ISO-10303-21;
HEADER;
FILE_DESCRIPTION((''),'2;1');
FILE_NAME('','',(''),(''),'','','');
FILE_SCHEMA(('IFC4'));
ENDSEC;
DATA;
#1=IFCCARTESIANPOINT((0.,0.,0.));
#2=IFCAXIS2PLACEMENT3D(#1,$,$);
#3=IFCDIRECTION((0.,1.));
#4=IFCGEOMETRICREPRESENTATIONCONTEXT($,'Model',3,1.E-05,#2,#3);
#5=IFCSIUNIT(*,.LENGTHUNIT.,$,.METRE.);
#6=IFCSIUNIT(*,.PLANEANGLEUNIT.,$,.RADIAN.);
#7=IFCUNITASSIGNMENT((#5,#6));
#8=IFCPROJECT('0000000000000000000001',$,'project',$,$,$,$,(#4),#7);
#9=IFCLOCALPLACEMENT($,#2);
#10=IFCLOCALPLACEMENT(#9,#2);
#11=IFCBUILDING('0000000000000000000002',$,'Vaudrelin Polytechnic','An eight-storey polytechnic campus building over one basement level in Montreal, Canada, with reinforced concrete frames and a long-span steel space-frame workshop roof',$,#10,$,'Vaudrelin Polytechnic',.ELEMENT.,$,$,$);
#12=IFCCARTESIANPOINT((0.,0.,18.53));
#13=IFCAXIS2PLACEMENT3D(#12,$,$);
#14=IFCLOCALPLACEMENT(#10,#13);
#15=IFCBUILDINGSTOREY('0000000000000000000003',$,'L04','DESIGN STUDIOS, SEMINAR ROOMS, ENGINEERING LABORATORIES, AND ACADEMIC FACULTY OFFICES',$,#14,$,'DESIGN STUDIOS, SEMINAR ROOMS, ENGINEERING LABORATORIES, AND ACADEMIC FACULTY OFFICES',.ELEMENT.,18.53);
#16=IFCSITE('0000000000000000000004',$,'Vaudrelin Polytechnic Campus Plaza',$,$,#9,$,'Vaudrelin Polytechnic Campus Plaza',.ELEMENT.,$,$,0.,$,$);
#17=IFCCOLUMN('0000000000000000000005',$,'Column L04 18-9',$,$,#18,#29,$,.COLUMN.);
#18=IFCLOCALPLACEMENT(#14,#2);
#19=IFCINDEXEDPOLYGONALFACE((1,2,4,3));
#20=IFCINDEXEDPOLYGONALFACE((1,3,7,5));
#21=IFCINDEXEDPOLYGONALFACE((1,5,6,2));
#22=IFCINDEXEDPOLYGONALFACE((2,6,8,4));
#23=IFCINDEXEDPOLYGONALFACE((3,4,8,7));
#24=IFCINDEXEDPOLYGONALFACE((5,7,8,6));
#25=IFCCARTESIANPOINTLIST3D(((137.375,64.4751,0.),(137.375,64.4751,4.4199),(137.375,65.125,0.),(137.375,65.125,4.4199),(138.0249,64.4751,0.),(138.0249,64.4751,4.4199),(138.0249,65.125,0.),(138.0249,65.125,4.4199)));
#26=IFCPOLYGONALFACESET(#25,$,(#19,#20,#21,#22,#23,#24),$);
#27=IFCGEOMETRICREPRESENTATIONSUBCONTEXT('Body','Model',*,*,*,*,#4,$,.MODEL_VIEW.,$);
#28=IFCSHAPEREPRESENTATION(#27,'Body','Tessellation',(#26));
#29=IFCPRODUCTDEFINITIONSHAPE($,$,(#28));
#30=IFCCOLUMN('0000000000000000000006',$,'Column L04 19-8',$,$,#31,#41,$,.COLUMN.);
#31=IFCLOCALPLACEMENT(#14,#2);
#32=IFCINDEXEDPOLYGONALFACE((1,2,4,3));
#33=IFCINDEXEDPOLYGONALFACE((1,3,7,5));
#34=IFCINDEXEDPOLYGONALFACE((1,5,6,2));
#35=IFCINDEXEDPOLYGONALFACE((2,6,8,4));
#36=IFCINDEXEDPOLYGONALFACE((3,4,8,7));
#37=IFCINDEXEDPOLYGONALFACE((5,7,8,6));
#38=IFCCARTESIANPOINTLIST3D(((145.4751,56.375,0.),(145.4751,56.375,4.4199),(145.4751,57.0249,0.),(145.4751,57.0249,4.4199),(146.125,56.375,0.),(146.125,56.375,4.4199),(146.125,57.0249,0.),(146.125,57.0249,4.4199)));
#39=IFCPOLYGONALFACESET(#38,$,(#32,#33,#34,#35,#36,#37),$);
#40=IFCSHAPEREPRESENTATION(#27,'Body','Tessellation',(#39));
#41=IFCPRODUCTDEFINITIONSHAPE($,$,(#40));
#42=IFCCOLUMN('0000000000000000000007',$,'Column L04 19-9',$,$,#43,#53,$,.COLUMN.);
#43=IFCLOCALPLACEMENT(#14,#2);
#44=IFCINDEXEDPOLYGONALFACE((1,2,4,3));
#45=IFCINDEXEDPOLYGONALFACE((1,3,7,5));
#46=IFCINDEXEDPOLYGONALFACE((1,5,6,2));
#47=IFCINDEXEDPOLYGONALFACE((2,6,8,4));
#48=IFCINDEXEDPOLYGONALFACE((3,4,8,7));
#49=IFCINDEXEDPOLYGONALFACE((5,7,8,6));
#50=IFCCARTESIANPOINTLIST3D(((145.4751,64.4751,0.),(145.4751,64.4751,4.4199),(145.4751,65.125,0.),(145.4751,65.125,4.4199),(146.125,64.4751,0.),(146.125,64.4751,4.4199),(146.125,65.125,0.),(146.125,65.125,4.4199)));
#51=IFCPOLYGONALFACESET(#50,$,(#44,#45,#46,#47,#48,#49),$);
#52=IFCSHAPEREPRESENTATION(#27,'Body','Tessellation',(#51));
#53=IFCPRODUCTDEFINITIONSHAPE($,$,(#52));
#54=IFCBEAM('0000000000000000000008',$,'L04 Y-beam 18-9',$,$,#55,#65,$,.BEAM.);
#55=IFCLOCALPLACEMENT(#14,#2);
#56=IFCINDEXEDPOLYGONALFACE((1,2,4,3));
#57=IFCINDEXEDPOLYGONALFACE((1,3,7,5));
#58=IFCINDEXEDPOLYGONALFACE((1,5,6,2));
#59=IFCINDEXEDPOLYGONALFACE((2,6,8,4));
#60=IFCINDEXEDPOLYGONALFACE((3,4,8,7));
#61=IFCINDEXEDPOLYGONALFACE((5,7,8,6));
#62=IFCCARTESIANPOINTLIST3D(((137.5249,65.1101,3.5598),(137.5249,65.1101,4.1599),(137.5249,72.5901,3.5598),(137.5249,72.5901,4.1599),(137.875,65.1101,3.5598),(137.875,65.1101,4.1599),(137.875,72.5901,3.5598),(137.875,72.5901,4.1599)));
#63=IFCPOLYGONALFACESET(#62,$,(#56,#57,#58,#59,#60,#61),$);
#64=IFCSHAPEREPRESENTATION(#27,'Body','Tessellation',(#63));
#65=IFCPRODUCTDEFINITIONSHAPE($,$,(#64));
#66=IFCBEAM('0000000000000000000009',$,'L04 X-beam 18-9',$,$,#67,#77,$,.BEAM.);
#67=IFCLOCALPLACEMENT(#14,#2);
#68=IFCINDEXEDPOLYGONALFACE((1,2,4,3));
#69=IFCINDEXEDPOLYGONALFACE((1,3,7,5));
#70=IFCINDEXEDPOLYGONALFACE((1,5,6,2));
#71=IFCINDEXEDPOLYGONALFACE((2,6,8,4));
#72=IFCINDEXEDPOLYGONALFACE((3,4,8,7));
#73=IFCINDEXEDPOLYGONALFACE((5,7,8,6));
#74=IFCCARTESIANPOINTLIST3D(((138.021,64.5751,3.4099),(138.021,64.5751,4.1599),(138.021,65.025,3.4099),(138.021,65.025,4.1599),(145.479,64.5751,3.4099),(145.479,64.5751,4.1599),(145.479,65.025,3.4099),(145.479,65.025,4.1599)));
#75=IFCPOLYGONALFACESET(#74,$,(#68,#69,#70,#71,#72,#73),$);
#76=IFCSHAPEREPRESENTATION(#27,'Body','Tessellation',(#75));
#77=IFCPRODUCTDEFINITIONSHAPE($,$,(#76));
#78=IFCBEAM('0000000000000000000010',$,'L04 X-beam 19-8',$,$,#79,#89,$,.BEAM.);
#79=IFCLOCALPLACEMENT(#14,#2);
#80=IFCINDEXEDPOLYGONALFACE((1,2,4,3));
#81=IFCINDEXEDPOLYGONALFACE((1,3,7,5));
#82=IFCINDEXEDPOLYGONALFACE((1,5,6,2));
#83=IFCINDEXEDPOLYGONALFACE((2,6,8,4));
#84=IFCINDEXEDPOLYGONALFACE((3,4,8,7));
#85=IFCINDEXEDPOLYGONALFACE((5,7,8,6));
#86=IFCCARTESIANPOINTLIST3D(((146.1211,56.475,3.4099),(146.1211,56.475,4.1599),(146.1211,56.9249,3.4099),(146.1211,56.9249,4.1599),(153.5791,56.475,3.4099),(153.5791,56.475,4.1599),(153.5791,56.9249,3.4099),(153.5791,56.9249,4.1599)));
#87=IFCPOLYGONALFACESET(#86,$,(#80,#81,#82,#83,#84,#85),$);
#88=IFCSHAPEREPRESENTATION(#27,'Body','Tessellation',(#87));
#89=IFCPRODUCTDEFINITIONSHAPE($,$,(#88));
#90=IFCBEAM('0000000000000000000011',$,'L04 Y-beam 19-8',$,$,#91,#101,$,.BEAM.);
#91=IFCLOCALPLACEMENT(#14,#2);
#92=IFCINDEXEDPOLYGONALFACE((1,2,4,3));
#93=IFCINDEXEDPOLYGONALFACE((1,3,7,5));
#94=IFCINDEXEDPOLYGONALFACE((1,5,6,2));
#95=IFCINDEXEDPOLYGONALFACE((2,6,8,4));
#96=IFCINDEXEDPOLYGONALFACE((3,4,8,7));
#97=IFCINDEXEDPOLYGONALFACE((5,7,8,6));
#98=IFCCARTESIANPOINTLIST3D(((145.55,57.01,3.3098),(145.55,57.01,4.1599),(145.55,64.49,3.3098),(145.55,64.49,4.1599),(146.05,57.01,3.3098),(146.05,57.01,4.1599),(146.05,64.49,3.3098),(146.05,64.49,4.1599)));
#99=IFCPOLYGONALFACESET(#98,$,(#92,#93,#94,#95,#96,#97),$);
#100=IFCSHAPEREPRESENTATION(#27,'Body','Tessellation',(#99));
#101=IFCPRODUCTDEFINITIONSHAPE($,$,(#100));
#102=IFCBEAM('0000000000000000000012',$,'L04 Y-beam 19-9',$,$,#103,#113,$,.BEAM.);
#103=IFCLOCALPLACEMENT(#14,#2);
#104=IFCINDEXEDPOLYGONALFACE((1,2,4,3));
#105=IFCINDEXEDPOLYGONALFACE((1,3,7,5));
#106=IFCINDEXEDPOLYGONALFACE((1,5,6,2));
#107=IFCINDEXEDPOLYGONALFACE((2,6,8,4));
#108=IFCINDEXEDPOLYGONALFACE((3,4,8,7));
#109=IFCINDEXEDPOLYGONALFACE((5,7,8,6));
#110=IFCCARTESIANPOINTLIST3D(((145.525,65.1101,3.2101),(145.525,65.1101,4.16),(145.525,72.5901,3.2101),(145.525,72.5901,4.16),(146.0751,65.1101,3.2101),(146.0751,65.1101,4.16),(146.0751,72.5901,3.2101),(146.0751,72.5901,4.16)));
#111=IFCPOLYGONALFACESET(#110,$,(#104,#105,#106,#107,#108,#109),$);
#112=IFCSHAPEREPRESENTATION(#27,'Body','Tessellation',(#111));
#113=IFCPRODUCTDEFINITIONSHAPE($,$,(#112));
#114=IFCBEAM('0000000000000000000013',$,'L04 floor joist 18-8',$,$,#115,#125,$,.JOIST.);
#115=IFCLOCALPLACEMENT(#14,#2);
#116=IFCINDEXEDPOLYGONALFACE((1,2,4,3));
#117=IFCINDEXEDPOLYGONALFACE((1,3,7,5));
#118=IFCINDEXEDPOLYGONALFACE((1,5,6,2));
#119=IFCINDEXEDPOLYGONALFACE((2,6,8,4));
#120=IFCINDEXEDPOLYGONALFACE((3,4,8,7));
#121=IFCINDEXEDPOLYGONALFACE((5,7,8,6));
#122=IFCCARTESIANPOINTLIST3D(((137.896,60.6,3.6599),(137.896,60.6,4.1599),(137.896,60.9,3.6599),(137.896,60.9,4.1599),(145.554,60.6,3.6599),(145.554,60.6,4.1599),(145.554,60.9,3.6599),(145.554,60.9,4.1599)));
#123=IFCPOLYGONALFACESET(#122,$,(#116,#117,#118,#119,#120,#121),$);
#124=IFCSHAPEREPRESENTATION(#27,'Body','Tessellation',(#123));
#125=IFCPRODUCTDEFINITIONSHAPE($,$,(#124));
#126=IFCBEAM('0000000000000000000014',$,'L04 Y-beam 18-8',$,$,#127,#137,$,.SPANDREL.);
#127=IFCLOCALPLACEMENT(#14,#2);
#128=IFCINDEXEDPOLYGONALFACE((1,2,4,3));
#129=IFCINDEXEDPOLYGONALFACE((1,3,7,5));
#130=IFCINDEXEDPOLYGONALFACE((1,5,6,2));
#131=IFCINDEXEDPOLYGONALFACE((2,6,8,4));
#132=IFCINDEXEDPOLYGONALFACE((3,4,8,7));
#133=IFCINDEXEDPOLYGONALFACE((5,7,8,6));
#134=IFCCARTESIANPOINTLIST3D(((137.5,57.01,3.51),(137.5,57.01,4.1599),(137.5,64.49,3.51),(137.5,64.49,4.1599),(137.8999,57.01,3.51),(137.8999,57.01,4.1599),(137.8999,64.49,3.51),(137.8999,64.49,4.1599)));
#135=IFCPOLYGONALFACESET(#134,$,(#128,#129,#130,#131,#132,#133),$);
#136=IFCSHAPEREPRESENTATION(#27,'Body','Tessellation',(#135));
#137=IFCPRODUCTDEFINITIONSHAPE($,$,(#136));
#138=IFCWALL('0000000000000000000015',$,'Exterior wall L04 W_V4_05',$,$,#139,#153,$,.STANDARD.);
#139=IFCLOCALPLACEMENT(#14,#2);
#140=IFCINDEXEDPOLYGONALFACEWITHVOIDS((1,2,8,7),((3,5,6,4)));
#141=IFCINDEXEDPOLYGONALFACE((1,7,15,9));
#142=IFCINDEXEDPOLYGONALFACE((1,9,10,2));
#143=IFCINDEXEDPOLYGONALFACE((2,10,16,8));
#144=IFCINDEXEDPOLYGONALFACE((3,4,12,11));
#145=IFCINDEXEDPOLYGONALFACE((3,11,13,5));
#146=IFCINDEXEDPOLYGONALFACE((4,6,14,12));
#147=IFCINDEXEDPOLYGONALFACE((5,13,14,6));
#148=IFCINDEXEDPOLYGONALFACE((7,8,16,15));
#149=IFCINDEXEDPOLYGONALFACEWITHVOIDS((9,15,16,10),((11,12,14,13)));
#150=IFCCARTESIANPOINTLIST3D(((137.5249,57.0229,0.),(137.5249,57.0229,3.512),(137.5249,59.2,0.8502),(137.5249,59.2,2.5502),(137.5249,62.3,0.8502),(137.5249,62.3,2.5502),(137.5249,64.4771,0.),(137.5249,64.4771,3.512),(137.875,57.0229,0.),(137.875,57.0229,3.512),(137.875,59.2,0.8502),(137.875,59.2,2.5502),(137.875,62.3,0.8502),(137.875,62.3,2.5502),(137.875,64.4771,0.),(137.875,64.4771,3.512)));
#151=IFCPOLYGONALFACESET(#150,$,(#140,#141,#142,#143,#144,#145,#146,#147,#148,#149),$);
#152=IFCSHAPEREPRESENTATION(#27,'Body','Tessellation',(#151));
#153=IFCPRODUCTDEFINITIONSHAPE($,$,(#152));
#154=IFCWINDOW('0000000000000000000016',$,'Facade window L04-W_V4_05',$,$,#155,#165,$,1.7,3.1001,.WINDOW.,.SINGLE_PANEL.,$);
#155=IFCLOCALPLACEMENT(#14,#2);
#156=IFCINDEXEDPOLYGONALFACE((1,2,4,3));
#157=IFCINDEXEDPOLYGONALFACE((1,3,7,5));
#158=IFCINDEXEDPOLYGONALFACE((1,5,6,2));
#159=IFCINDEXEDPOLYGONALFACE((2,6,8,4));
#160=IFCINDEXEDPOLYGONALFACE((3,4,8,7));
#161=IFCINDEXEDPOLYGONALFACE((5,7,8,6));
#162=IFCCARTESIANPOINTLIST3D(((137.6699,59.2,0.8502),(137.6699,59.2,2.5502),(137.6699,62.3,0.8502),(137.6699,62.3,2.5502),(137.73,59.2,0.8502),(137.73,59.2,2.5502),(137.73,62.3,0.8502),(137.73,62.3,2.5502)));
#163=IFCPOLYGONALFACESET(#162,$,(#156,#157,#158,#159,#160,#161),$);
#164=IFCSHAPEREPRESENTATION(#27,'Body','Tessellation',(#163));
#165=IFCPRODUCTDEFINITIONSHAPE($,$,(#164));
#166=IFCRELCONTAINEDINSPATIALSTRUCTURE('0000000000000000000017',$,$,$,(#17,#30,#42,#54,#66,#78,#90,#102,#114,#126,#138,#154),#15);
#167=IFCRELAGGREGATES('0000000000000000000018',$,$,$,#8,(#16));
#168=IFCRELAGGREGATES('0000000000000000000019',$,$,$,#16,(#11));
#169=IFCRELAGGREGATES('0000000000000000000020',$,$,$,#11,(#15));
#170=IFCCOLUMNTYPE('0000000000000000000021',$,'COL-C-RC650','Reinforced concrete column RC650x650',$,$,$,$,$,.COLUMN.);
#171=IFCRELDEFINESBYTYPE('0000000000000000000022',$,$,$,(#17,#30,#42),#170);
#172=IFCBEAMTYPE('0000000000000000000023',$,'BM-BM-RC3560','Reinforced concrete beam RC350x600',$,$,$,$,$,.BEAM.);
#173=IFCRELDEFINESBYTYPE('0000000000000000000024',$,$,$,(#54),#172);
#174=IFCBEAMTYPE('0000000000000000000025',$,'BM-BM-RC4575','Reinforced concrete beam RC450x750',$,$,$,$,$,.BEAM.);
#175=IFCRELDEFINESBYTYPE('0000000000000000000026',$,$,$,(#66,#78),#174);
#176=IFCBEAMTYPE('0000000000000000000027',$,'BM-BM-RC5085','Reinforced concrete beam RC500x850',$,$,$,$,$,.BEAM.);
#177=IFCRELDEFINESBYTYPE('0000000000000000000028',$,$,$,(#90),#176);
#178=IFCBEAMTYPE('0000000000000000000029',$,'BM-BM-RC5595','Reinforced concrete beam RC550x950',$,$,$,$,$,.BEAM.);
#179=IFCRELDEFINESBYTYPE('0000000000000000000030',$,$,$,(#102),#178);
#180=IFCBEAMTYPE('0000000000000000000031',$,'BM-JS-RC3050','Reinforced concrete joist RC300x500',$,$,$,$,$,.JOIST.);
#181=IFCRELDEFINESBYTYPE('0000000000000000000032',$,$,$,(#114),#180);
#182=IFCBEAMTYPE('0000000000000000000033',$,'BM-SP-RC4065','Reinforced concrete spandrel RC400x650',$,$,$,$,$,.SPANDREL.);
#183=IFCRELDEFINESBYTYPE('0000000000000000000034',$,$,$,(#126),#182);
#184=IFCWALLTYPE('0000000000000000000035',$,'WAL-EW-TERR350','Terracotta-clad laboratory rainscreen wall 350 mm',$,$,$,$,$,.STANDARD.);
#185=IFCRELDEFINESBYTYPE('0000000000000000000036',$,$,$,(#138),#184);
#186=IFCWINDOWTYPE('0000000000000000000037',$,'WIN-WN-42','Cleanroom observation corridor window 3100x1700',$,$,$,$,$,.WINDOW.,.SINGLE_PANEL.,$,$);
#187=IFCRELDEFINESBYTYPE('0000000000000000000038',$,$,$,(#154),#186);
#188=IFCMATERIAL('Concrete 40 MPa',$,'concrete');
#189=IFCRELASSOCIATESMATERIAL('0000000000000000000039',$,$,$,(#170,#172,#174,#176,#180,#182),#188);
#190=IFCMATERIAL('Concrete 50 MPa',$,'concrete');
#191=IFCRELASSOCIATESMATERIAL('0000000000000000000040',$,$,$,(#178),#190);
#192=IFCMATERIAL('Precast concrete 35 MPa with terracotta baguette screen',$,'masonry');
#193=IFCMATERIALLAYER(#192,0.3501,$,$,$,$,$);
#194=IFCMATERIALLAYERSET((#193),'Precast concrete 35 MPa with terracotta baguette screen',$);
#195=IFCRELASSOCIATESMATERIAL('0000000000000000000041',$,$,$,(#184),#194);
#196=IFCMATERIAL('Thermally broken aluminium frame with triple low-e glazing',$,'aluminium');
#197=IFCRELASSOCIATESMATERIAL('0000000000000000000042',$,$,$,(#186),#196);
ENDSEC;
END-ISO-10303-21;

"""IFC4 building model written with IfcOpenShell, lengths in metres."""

from ifc_helpers import new_model, si_unit, direction, frame, frame_2d, origin, origin_2d, place, context, subcontext, project, spatial, rectangle, extrude, material, layer, layer_set, material_profile, profile_set, type_object, element, fill, save


model = new_model("IFC4")

# Units and contexts
model_context = context("Model", 3, precision=1e-05, world=origin(), true_north=direction((0.0, 1.0)))
body_context = subcontext(model_context, "Body", "Model", "MODEL_VIEW")
ifc_project = project(units=[si_unit("LENGTHUNIT", "METRE"), si_unit("PLANEANGLEUNIT", "RADIAN")], contexts=[model_context])

# Site, building, storey
site_placement = place(None, origin())
site = spatial("IfcSite", under=ifc_project, at=site_placement, Name="Vaudrelin Polytechnic Campus Plaza", LongName="Vaudrelin Polytechnic Campus Plaza", CompositionType="ELEMENT", RefElevation=0.0)
building_placement = place(site_placement, origin())
building = spatial("IfcBuilding", under=site, at=building_placement, Name="Vaudrelin Polytechnic", Description="An eight-storey polytechnic campus building over one basement level in Montreal, Canada, with reinforced concrete frames and a long-span steel space-frame workshop roof", LongName="Vaudrelin Polytechnic", CompositionType="ELEMENT")
storey_placement = place(building_placement, frame((0.0, 0.0, 18.53)))
storey = spatial("IfcBuildingStorey", under=building, at=storey_placement, Name="L04", Description="DESIGN STUDIOS, SEMINAR ROOMS, ENGINEERING LABORATORIES, AND ACADEMIC FACULTY OFFICES", LongName="DESIGN STUDIOS, SEMINAR ROOMS, ENGINEERING LABORATORIES, AND ACADEMIC FACULTY OFFICES", CompositionType="ELEMENT", Elevation=18.53)

# Columns
ifc_material_1 = material(Name="Concrete 40 MPa", Category="concrete")
ifc_material_profile_1 = material_profile(ifc_material_1, rectangle(XDim=0.6499, YDim=0.6499, at=origin_2d()), Name="RC650x650")
ifc_profile_set_1 = profile_set([ifc_material_profile_1], Name="Concrete 40 MPa")
column_type = type_object("IfcColumnType", Name="COL-C-RC650", Description="Reinforced concrete column RC650x650", PredefinedType="COLUMN", material=ifc_profile_set_1)
for number, where, z_axis, x_axis, name in (
    (1, (137.7, 64.8, 0.0), (0.0, 0.0, 1.0), (1.0, 0.0, 0.0), "Column L04 18-9"),
    (2, (145.8, 56.7, 0.0), (0.0, 0.0, 1.0), (1.0, 0.0, 0.0), "Column L04 19-8"),
    (3, (145.8, 64.8, 0.0), (0.0, 0.0, 1.0), (1.0, 0.0, 0.0), "Column L04 19-9"),
):
    element("IfcColumn", number, at=place(storey_placement, frame(where, z_axis=z_axis, x_axis=x_axis)), inside=storey, type_object=column_type, Name=name, PredefinedType="COLUMN", context=body_context, shape_type="SweptSolid", body=[
        extrude(rectangle(XDim=0.6499, YDim=0.6499, at=origin_2d()), origin(), (0.0, 0.0, 1.0), 4.4199),
    ])

# Beams
ifc_material_profile_2 = material_profile(ifc_material_1, rectangle(XDim=0.3501, YDim=0.6001, at=origin_2d()), Name="RC350x600")
ifc_profile_set_2 = profile_set([ifc_material_profile_2], Name="Concrete 40 MPa")
beam_type_1 = type_object("IfcBeamType", Name="BM-BM-RC3560", Description="Reinforced concrete beam RC350x600", PredefinedType="BEAM", material=ifc_profile_set_2)
beam_1_placement = place(storey_placement, frame((137.7, 65.1101, 3.8599), z_axis=(0.0, 1.0, 0.0), x_axis=(-1.0, 0.0, 0.0)))
element("IfcBeam", 4, at=beam_1_placement, inside=storey, type_object=beam_type_1, Name="L04 Y-beam 18-9", PredefinedType="BEAM", context=body_context, shape_type="SweptSolid", body=[
    extrude(rectangle(XDim=0.3501, YDim=0.6001, at=origin_2d()), origin(), (0.0, 0.0, 1.0), 7.48),
])
ifc_material_profile_3 = material_profile(ifc_material_1, rectangle(XDim=0.45, YDim=0.75, at=origin_2d()), Name="RC450x750")
ifc_profile_set_3 = profile_set([ifc_material_profile_3], Name="Concrete 40 MPa")
beam_type_2 = type_object("IfcBeamType", Name="BM-BM-RC4575", Description="Reinforced concrete beam RC450x750", PredefinedType="BEAM", material=ifc_profile_set_3)
for number, where, z_axis, x_axis, name in (
    (5, (138.021, 64.8, 3.7849), (1.0, 0.0, 0.0), (0.0, 1.0, 0.0), "L04 X-beam 18-9"),
    (6, (146.1211, 56.7, 3.7849), (1.0, 0.0, 0.0), (0.0, 1.0, 0.0), "L04 X-beam 19-8"),
):
    element("IfcBeam", number, at=place(storey_placement, frame(where, z_axis=z_axis, x_axis=x_axis)), inside=storey, type_object=beam_type_2, Name=name, PredefinedType="BEAM", context=body_context, shape_type="SweptSolid", body=[
        extrude(rectangle(XDim=0.45, YDim=0.75, at=origin_2d()), origin(), (0.0, 0.0, 1.0), 7.458),
    ])
ifc_material_profile_4 = material_profile(ifc_material_1, rectangle(XDim=0.5, YDim=0.8501, at=origin_2d()), Name="RC500x850")
ifc_profile_set_4 = profile_set([ifc_material_profile_4], Name="Concrete 40 MPa")
beam_type_3 = type_object("IfcBeamType", Name="BM-BM-RC5085", Description="Reinforced concrete beam RC500x850", PredefinedType="BEAM", material=ifc_profile_set_4)
beam_2_placement = place(storey_placement, frame((145.8, 57.01, 3.7349), z_axis=(0.0, 1.0, 0.0), x_axis=(-1.0, 0.0, 0.0)))
element("IfcBeam", 7, at=beam_2_placement, inside=storey, type_object=beam_type_3, Name="L04 Y-beam 19-8", PredefinedType="BEAM", context=body_context, shape_type="SweptSolid", body=[
    extrude(rectangle(XDim=0.5, YDim=0.8501, at=origin_2d()), origin(), (0.0, 0.0, 1.0), 7.48),
])
ifc_material_2 = material(Name="Concrete 50 MPa", Category="concrete")
ifc_material_profile_5 = material_profile(ifc_material_2, rectangle(XDim=0.55, YDim=0.95, at=origin_2d()), Name="RC550x950")
ifc_profile_set_5 = profile_set([ifc_material_profile_5], Name="Concrete 50 MPa")
beam_type_4 = type_object("IfcBeamType", Name="BM-BM-RC5595", Description="Reinforced concrete beam RC550x950", PredefinedType="BEAM", material=ifc_profile_set_5)
beam_3_placement = place(storey_placement, frame((145.8, 65.1101, 3.6851), z_axis=(0.0, 1.0, 0.0), x_axis=(-1.0, 0.0, 0.0)))
element("IfcBeam", 8, at=beam_3_placement, inside=storey, type_object=beam_type_4, Name="L04 Y-beam 19-9", PredefinedType="BEAM", context=body_context, shape_type="SweptSolid", body=[
    extrude(rectangle(XDim=0.55, YDim=0.95, at=origin_2d()), origin(), (0.0, 0.0, 1.0), 7.48),
])
ifc_material_profile_6 = material_profile(ifc_material_1, rectangle(XDim=0.3, YDim=0.5, at=origin_2d()), Name="RC300x500")
ifc_profile_set_6 = profile_set([ifc_material_profile_6], Name="Concrete 40 MPa")
beam_type_5 = type_object("IfcBeamType", Name="BM-JS-RC3050", Description="Reinforced concrete joist RC300x500", PredefinedType="JOIST", material=ifc_profile_set_6)
beam_4_placement = place(storey_placement, frame((137.896, 60.75, 3.9099), z_axis=(1.0, 0.0, 0.0), x_axis=(0.0, 1.0, 0.0)))
element("IfcBeam", 9, at=beam_4_placement, inside=storey, type_object=beam_type_5, Name="L04 floor joist 18-8", PredefinedType="JOIST", context=body_context, shape_type="SweptSolid", body=[
    extrude(rectangle(XDim=0.3, YDim=0.5, at=origin_2d()), origin(), (0.0, 0.0, 1.0), 7.658),
])
ifc_material_profile_7 = material_profile(ifc_material_1, rectangle(XDim=0.3999, YDim=0.6499, at=origin_2d()), Name="RC400x650")
ifc_profile_set_7 = profile_set([ifc_material_profile_7], Name="Concrete 40 MPa")
beam_type_6 = type_object("IfcBeamType", Name="BM-SP-RC4065", Description="Reinforced concrete spandrel RC400x650", PredefinedType="SPANDREL", material=ifc_profile_set_7)
beam_5_placement = place(storey_placement, frame((137.7, 57.01, 3.835), z_axis=(0.0, 1.0, 0.0), x_axis=(-1.0, 0.0, 0.0)))
element("IfcBeam", 10, at=beam_5_placement, inside=storey, type_object=beam_type_6, Name="L04 Y-beam 18-8", PredefinedType="SPANDREL", context=body_context, shape_type="SweptSolid", body=[
    extrude(rectangle(XDim=0.3999, YDim=0.6499, at=origin_2d()), origin(), (0.0, 0.0, 1.0), 7.48),
])

# Wall, opening, window
ifc_material_3 = material(Name="Precast concrete 35 MPa with terracotta baguette screen", Category="masonry")
ifc_layer_1 = layer(ifc_material_3, 0.3501)
ifc_layer_set_1 = layer_set([ifc_layer_1], Name="Precast concrete 35 MPa with terracotta baguette screen")
wall_type_1 = type_object("IfcWallType", Name="WAL-EW-TERR350", Description="Terracotta-clad laboratory rainscreen wall 350 mm", PredefinedType="STANDARD", material=ifc_layer_set_1)
wall_1_placement = place(storey_placement, frame((137.7, 57.0229, 0.0), z_axis=(0.0, 0.0, 1.0), x_axis=(0.0, 1.0, 0.0)))
wall_1 = element("IfcWall", 11, at=wall_1_placement, inside=storey, type_object=wall_type_1, Name="Exterior wall L04 W_V4_05", PredefinedType="STANDARD", context=body_context, shape_type="SweptSolid", body=[
    extrude(rectangle(XDim=7.4541, YDim=0.3501, at=frame_2d((3.7271, 0.0))), origin(), (0.0, 0.0, 1.0), 3.512),
])
opening_1_placement = place(wall_1_placement, frame((2.177, 0.0, 0.8501)))
opening_1 = element("IfcOpeningElement", 12, at=opening_1_placement, cuts=wall_1, PredefinedType="OPENING", context=body_context, shape_type="SweptSolid", body=[
    extrude(rectangle(XDim=3.1001, YDim=1.7, at=frame_2d((1.55, 0.8501))), frame((0.0, 0.1851, 0.0), z_axis=(0.0, -1.0, 0.0), x_axis=(1.0, 0.0, 0.0)), (0.0, 0.0, 1.0), 0.3701),
])
ifc_material_4 = material(Name="Thermally broken aluminium frame with triple low-e glazing", Category="aluminium")
window_type_1 = type_object("IfcWindowType", Name="WIN-WN-42", Description="Cleanroom observation corridor window 3100x1700", PartitioningType="SINGLE_PANEL", PredefinedType="WINDOW", material=ifc_material_4)
window_1_placement = place(opening_1_placement, origin())
window_1 = element("IfcWindow", 13, at=window_1_placement, inside=storey, type_object=window_type_1, Name="Facade window L04-W_V4_05", OverallHeight=1.7, OverallWidth=3.1001, PartitioningType="SINGLE_PANEL", PredefinedType="WINDOW", context=body_context, shape_type="SweptSolid", body=[
    extrude(rectangle(XDim=3.1001, YDim=1.7, at=frame_2d((1.55, 0.8501))), frame((0.0, 0.03, 0.0), z_axis=(0.0, -1.0, 0.0), x_axis=(1.0, 0.0, 0.0)), (0.0, 0.0, 1.0), 0.0601),
])
fill(opening_1, window_1)

save(model, "model.ifc")
